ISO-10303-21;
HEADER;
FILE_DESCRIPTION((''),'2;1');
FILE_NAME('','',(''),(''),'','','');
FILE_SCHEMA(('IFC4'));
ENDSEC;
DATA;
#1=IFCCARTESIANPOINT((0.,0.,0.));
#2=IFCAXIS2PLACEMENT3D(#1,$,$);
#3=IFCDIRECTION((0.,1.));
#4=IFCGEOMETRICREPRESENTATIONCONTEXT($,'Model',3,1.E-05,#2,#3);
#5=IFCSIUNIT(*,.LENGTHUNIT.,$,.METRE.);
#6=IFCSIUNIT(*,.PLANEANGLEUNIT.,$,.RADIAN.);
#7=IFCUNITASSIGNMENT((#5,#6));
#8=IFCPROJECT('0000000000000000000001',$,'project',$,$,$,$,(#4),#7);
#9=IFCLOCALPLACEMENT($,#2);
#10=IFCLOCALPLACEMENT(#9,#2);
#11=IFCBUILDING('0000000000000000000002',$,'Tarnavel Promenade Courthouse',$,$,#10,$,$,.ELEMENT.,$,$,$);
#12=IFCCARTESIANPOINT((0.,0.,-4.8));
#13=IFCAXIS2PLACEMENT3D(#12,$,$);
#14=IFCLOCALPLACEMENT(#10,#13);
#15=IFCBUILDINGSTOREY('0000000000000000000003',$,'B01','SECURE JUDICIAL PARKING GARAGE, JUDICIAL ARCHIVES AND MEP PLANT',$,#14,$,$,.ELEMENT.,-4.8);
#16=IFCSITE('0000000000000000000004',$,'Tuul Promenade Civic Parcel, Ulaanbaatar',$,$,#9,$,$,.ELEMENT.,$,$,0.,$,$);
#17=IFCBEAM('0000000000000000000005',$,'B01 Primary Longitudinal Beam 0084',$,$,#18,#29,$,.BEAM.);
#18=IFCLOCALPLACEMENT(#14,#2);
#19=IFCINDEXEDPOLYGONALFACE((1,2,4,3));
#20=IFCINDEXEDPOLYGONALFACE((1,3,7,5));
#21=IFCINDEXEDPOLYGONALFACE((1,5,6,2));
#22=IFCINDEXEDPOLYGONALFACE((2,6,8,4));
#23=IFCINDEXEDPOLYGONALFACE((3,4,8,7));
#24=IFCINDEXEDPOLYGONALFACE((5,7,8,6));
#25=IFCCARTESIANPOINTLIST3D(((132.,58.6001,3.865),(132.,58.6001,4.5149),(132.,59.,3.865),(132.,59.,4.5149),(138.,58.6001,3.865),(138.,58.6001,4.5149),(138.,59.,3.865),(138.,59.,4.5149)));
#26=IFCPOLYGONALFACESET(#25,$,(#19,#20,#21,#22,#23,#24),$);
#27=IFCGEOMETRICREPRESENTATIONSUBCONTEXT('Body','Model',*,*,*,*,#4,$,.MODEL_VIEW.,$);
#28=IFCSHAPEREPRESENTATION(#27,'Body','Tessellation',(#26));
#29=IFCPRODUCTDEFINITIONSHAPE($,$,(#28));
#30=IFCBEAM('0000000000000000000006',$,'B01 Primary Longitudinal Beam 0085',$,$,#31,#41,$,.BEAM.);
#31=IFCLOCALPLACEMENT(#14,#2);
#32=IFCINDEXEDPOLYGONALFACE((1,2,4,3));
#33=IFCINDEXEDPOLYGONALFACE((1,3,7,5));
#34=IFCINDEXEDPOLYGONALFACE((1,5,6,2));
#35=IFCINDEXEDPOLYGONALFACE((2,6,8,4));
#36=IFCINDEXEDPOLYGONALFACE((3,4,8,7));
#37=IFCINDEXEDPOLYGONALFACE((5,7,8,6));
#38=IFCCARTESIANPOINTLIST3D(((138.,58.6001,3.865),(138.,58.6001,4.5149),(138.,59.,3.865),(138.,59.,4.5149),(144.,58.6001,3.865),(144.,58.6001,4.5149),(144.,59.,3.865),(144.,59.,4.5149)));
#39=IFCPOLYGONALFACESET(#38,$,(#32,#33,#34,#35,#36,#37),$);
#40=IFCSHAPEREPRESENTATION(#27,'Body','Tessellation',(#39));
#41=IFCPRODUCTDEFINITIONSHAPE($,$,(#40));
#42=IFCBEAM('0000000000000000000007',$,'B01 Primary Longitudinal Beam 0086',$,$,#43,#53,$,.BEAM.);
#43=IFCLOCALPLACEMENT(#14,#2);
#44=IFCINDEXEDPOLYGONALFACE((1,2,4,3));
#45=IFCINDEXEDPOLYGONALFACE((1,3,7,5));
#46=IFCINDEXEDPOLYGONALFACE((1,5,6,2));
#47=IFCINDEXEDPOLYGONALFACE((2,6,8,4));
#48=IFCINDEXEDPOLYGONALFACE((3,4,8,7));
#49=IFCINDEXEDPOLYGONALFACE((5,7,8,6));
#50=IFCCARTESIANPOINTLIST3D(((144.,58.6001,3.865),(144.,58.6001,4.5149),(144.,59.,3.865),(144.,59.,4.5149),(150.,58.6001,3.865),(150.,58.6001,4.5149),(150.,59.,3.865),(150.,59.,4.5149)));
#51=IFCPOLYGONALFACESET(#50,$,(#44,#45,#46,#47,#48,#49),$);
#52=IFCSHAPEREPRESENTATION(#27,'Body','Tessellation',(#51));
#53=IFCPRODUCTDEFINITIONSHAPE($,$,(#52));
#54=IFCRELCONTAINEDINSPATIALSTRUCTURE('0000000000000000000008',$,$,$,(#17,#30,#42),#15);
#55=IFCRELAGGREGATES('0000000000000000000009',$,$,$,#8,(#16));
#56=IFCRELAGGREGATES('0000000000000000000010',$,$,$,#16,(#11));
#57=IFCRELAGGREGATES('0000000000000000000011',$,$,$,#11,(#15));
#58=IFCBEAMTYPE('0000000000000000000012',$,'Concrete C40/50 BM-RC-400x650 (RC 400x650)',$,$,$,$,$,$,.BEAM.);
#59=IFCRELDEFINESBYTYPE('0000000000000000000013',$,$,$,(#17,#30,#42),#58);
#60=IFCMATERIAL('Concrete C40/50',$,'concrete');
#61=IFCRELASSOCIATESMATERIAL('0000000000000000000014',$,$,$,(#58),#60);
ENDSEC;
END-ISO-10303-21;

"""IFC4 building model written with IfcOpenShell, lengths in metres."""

from ifc_helpers import new_model, si_unit, direction, frame, origin, origin_2d, place, context, subcontext, project, spatial, rectangle, extrude, material, material_profile, profile_set, type_object, element, save


model = new_model("IFC4")

# Units and contexts
model_context = context("Model", 3, precision=1e-05, world=origin(), true_north=direction((0.0, 1.0)))
body_context = subcontext(model_context, "Body", "Model", "MODEL_VIEW")
ifc_project = project(units=[si_unit("LENGTHUNIT", "METRE"), si_unit("PLANEANGLEUNIT", "RADIAN")], contexts=[model_context])

# Site, building, storey
site_placement = place(None, origin())
site = spatial("IfcSite", under=ifc_project, at=site_placement, Name="Tuul Promenade Civic Parcel, Ulaanbaatar", CompositionType="ELEMENT", RefElevation=0.0)
building_placement = place(site_placement, origin())
building = spatial("IfcBuilding", under=site, at=building_placement, Name="Tarnavel Promenade Courthouse", CompositionType="ELEMENT")
storey_placement = place(building_placement, frame((0.0, 0.0, -4.8)))
storey = spatial("IfcBuildingStorey", under=building, at=storey_placement, Name="B01", Description="SECURE JUDICIAL PARKING GARAGE, JUDICIAL ARCHIVES AND MEP PLANT", CompositionType="ELEMENT", Elevation=-4.8)

# Shared definitions
ifc_material_1 = material(Name="Concrete C40/50", Category="concrete")

# Beams
ifc_material_profile_1 = material_profile(ifc_material_1, rectangle(XDim=0.3999, YDim=0.6499, at=origin_2d()), Name="RC 400x650")
ifc_profile_set_1 = profile_set([ifc_material_profile_1], Name="Concrete C40/50")
beam_type_1 = type_object("IfcBeamType", Name="Concrete C40/50 BM-RC-400x650 (RC 400x650)", PredefinedType="BEAM", material=ifc_profile_set_1)
for number, where, z_axis, x_axis, name in (
    (1, (132.0, 58.8, 4.1899), (1.0, 0.0, 0.0), (0.0, 1.0, 0.0), "B01 Primary Longitudinal Beam 0084"),
    (2, (138.0, 58.8, 4.1899), (1.0, 0.0, 0.0), (0.0, 1.0, 0.0), "B01 Primary Longitudinal Beam 0085"),
    (3, (144.0, 58.8, 4.1899), (1.0, 0.0, 0.0), (0.0, 1.0, 0.0), "B01 Primary Longitudinal Beam 0086"),
):
    element("IfcBeam", number, at=place(storey_placement, frame(where, z_axis=z_axis, x_axis=x_axis)), inside=storey, type_object=beam_type_1, Name=name, PredefinedType="BEAM", context=body_context, shape_type="SweptSolid", body=[
        extrude(rectangle(XDim=0.3999, YDim=0.6499, at=origin_2d()), origin(), (0.0, 0.0, 1.0), 6.0),
    ])

save(model, "model.ifc")
